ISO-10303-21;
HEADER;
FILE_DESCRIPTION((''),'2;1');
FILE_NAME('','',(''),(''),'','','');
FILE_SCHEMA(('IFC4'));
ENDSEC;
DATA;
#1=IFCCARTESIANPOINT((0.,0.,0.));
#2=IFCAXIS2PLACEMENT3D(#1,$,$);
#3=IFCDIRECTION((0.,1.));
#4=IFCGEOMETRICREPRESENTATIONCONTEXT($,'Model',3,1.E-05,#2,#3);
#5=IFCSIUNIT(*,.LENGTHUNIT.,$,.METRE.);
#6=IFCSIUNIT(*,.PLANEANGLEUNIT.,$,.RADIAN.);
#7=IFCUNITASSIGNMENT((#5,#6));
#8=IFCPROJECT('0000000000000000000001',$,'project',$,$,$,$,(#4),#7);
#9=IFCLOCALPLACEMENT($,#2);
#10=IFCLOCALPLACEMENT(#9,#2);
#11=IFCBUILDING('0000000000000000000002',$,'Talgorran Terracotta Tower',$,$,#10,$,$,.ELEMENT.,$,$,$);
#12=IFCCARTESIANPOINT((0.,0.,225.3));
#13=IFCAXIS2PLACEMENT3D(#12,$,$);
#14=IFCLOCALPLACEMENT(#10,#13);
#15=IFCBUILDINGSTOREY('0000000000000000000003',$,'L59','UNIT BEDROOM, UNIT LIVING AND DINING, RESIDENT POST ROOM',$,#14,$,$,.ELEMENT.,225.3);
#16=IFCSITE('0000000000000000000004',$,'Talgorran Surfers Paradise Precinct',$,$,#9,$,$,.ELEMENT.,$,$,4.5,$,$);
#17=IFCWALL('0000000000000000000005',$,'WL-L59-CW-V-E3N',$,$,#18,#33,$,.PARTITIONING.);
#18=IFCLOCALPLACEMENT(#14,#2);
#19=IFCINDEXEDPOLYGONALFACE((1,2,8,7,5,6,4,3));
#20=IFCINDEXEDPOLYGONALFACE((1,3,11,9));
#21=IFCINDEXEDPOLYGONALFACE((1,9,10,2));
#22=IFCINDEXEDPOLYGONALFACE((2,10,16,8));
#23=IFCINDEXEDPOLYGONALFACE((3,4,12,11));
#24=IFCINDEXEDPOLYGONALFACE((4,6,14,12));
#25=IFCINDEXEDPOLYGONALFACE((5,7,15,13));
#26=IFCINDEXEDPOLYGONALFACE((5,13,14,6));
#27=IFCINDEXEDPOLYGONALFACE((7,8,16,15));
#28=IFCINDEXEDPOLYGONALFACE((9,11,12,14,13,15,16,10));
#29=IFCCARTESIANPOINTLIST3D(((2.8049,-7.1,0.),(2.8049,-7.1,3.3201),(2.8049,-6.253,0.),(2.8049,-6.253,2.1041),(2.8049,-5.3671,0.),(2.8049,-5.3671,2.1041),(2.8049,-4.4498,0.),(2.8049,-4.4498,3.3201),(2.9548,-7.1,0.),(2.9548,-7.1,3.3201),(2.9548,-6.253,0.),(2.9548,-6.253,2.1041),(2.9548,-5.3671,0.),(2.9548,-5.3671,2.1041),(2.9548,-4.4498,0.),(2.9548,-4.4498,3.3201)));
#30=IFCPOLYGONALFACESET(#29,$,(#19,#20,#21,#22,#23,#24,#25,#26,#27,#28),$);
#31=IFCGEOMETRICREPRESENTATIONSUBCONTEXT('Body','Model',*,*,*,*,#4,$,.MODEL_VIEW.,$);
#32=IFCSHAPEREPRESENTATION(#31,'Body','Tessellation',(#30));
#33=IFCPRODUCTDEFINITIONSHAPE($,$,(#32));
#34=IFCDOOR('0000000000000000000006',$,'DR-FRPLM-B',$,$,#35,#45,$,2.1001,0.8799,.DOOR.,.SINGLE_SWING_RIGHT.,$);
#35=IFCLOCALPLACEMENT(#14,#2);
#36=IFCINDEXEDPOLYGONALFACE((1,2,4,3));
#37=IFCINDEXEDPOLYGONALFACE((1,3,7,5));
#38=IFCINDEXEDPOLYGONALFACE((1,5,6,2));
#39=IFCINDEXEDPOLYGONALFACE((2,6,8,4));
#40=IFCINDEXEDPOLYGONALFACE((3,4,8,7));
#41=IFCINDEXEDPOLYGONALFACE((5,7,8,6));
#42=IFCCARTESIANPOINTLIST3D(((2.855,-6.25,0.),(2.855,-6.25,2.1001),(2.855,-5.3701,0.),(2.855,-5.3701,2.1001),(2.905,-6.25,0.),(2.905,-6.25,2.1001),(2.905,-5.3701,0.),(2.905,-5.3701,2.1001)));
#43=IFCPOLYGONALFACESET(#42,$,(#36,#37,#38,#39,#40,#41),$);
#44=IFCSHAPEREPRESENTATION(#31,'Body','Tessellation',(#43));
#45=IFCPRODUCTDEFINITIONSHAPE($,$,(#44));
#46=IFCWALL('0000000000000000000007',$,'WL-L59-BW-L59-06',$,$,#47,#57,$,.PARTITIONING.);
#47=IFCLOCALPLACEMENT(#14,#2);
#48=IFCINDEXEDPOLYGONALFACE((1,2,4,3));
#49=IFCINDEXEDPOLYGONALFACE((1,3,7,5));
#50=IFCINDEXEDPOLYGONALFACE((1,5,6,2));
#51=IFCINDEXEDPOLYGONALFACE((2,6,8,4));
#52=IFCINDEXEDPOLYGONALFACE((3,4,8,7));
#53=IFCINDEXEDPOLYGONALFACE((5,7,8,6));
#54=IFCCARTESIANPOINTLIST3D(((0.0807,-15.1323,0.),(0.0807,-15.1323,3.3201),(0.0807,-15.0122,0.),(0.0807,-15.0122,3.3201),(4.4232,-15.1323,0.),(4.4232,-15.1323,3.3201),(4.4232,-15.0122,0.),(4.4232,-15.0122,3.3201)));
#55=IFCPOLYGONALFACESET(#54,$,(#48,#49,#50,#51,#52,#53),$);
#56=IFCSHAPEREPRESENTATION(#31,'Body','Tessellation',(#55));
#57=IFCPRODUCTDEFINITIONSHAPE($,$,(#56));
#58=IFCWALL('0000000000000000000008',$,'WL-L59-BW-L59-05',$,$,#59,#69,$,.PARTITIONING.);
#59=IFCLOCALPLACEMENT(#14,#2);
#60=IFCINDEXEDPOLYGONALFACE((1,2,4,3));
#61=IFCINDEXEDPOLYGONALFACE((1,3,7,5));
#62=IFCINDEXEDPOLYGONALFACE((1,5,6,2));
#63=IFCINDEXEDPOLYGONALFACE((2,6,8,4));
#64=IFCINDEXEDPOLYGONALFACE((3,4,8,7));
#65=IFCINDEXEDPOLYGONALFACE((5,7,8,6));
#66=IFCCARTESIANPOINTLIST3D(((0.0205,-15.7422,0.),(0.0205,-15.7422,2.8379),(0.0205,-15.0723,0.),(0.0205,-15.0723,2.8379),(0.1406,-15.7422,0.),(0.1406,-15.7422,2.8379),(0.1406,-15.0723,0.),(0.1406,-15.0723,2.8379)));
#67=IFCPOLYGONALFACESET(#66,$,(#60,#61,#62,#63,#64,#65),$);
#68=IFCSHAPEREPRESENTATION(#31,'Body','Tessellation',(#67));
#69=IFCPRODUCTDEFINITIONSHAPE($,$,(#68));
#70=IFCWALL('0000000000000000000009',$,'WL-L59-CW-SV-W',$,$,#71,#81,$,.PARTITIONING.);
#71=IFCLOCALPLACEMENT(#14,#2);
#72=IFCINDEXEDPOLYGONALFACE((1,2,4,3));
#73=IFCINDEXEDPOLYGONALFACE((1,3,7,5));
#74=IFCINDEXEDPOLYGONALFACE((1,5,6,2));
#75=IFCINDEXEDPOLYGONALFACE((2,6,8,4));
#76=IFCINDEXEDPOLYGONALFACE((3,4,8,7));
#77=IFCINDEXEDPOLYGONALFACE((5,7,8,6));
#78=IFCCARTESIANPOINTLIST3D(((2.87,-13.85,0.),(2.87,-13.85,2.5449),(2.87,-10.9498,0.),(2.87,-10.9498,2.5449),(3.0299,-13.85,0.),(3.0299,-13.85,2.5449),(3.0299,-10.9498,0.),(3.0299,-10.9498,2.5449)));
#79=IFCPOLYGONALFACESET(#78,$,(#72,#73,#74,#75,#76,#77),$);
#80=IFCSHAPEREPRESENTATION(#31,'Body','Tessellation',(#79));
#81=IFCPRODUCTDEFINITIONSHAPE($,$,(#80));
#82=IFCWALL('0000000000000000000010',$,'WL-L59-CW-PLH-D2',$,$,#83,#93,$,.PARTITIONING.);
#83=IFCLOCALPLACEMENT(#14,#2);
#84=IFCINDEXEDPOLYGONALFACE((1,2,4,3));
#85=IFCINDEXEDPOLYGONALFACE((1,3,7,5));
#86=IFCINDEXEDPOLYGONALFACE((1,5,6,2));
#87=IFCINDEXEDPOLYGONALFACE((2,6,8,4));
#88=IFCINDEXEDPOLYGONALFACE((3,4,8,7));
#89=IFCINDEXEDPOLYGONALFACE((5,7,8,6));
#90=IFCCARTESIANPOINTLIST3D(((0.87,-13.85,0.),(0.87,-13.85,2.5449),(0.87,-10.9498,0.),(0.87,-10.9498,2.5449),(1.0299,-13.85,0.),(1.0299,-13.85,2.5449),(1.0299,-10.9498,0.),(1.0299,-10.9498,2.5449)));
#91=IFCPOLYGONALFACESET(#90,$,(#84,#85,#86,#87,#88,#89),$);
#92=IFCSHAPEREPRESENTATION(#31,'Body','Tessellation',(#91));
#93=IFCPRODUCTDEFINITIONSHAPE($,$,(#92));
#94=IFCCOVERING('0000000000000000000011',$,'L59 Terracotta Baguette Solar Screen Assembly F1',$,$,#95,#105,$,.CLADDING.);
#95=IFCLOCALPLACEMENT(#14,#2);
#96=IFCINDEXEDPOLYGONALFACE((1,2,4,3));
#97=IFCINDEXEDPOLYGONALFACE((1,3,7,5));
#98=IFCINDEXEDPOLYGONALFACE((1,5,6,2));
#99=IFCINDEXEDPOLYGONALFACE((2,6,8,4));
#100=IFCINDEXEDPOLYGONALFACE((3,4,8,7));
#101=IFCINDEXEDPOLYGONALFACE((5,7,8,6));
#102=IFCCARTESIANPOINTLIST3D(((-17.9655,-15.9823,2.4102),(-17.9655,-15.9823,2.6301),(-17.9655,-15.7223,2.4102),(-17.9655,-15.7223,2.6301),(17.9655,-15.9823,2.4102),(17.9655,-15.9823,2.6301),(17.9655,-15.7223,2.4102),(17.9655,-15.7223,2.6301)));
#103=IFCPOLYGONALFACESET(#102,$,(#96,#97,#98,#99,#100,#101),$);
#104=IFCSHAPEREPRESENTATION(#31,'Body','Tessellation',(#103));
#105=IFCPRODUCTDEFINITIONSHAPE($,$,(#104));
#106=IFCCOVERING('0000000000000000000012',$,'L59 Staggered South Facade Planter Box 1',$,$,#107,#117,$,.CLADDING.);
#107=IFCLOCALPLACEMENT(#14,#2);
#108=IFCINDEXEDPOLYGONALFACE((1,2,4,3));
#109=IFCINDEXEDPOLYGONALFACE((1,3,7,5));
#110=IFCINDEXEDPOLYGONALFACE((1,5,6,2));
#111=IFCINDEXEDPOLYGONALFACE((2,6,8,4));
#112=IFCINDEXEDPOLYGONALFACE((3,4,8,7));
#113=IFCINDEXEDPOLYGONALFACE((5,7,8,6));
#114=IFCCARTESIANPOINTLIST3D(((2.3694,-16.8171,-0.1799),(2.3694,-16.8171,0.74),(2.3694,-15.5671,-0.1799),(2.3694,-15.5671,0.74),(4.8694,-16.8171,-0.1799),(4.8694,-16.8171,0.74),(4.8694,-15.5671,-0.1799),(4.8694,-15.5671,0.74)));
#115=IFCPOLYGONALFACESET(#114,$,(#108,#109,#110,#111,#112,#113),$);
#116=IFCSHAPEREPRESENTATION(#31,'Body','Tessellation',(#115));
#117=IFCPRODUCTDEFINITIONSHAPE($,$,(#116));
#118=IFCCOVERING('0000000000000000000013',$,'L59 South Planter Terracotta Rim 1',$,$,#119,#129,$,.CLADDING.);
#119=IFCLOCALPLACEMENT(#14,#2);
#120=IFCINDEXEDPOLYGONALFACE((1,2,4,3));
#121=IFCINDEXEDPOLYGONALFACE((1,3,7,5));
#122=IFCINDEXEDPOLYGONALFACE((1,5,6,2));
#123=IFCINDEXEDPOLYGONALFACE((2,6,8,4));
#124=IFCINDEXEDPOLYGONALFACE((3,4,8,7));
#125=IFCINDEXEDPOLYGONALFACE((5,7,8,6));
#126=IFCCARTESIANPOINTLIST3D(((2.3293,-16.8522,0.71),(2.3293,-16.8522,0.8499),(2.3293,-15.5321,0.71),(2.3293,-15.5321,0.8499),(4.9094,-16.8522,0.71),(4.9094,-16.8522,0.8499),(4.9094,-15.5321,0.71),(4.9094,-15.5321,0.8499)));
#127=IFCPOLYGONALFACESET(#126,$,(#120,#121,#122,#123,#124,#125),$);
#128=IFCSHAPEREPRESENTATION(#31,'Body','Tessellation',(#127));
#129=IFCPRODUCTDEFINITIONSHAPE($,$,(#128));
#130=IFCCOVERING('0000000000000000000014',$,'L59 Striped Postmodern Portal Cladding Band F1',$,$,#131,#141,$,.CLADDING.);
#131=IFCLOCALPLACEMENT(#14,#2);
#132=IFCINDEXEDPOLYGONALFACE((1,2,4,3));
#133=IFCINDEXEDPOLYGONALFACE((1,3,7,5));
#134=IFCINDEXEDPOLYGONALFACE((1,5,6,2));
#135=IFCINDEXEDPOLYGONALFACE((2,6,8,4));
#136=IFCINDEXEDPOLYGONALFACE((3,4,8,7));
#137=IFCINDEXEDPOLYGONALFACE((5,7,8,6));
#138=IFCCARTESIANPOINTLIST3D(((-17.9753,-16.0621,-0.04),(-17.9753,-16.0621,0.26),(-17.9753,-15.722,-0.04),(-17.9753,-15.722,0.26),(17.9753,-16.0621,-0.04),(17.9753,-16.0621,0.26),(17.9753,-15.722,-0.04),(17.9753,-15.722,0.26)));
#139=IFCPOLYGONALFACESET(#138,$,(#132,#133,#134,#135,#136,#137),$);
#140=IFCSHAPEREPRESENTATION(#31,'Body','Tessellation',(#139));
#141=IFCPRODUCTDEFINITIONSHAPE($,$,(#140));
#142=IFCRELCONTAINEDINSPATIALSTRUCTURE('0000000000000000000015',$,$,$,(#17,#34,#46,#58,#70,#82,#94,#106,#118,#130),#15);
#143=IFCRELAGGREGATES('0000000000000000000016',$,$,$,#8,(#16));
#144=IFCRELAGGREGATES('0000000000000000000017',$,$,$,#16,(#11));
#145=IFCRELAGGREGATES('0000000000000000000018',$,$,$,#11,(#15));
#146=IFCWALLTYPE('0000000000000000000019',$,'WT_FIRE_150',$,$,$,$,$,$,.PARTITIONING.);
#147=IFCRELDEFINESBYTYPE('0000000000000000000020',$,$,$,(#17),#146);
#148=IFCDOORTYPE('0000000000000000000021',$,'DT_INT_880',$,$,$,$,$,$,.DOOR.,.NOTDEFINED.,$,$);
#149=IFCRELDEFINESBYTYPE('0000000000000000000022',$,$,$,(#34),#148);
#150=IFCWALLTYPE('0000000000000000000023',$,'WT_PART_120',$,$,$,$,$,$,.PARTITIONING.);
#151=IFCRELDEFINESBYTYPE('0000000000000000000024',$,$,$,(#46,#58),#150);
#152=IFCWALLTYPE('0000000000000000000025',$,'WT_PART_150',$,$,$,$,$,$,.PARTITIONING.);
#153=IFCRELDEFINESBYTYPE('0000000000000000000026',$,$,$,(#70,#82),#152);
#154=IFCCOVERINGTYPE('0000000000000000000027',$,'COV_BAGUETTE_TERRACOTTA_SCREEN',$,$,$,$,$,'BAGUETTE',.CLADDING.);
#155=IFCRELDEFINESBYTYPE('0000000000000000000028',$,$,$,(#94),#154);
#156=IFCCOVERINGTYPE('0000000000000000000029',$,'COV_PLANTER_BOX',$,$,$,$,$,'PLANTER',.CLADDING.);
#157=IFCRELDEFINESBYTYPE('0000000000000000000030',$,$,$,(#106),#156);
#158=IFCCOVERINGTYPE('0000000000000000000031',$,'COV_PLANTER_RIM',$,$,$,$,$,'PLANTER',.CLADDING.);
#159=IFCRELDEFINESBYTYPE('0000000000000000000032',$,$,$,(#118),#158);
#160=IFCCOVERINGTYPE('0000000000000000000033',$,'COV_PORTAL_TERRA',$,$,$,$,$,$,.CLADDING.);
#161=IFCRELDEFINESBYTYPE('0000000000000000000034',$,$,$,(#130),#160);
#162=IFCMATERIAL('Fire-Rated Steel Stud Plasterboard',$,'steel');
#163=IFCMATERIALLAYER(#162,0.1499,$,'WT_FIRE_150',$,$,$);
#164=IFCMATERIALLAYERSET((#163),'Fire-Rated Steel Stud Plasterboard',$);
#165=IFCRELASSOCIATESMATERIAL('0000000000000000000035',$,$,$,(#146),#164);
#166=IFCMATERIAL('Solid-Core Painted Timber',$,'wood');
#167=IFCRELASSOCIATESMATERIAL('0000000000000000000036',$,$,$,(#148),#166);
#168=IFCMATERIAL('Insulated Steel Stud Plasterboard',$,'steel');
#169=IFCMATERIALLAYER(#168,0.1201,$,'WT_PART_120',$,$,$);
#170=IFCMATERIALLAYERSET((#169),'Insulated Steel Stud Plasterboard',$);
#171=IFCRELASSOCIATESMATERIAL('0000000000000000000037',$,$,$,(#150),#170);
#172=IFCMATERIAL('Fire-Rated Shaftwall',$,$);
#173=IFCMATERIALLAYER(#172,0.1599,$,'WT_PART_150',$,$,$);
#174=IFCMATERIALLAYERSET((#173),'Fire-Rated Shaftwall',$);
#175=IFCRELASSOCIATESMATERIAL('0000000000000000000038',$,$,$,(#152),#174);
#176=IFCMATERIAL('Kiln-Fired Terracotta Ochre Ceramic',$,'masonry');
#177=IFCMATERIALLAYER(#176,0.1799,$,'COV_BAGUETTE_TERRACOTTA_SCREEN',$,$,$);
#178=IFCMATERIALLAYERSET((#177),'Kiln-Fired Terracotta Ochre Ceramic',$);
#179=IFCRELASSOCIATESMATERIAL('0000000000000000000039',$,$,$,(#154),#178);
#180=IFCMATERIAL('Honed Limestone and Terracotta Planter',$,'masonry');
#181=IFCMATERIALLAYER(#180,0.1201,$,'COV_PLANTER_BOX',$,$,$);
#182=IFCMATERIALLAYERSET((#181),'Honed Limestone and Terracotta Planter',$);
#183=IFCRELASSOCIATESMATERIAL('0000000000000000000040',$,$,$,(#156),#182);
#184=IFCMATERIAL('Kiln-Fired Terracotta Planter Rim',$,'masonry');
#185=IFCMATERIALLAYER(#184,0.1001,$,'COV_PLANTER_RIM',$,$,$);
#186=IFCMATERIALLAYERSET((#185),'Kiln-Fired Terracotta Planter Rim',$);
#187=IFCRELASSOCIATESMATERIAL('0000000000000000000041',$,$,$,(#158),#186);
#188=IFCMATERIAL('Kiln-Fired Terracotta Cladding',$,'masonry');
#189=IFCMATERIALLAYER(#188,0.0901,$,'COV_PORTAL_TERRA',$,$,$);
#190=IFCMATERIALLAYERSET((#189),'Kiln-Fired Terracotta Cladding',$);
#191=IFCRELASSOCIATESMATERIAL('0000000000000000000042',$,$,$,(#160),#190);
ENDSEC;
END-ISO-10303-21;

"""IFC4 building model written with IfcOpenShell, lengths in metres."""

from ifc_helpers import new_model, si_unit, direction, frame, frame_2d, origin, origin_2d, place, context, subcontext, project, spatial, rectangle, extrude, material, layer, layer_set, type_object, element, fill, save


model = new_model("IFC4")

# Units and contexts
model_context = context("Model", 3, precision=1e-05, world=origin(), true_north=direction((0.0, 1.0)))
body_context = subcontext(model_context, "Body", "Model", "MODEL_VIEW")
ifc_project = project(units=[si_unit("LENGTHUNIT", "METRE"), si_unit("PLANEANGLEUNIT", "RADIAN")], contexts=[model_context])

# Site, building, storey
site_placement = place(None, origin())
site = spatial("IfcSite", under=ifc_project, at=site_placement, Name="Talgorran Surfers Paradise Precinct", CompositionType="ELEMENT", RefElevation=4.5)
building_placement = place(site_placement, origin())
building = spatial("IfcBuilding", under=site, at=building_placement, Name="Talgorran Terracotta Tower", CompositionType="ELEMENT")
storey_placement = place(building_placement, frame((0.0, 0.0, 225.3)))
storey = spatial("IfcBuildingStorey", under=building, at=storey_placement, Name="L59", Description="UNIT BEDROOM, UNIT LIVING AND DINING, RESIDENT POST ROOM", CompositionType="ELEMENT", Elevation=225.3)

# Shared definitions
ifc_material_1 = material(Name="Fire-Rated Steel Stud Plasterboard", Category="steel")
ifc_layer_1 = layer(ifc_material_1, 0.1499, Name="WT_FIRE_150")
ifc_layer_set_1 = layer_set([ifc_layer_1], Name="Fire-Rated Steel Stud Plasterboard")
wall_type_1 = type_object("IfcWallType", Name="WT_FIRE_150", PredefinedType="PARTITIONING", material=ifc_layer_set_1)

# Wall, opening, door
wall_1_placement = place(storey_placement, frame((2.8799, -7.1001, 0.0), z_axis=(0.0, 0.0, 1.0), x_axis=(0.0, 1.0, 0.0)))
wall_1 = element("IfcWall", 1, at=wall_1_placement, inside=storey, type_object=wall_type_1, Name="WL-L59-CW-V-E3N", PredefinedType="PARTITIONING", context=body_context, shape_type="SweptSolid", body=[
    extrude(rectangle(XDim=2.6501, YDim=0.1499, at=frame_2d((1.3252, 0.0))), origin(), (0.0, 0.0, 1.0), 3.3201),
])
opening_placement = place(wall_1_placement, frame((0.8501, 0.0, 0.0)))
opening = element("IfcOpeningElement", 2, at=opening_placement, cuts=wall_1, PredefinedType="OPENING", context=body_context, shape_type="SweptSolid", body=[
    extrude(rectangle(XDim=0.8859, YDim=2.1041, at=frame_2d((0.4399, 1.052))), frame((0.0, 0.085, 0.0), z_axis=(0.0, -1.0, 0.0), x_axis=(1.0, 0.0, 0.0)), (0.0, 0.0, 1.0), 0.1699),
])
ifc_material_2 = material(Name="Solid-Core Painted Timber", Category="wood")
door_type = type_object("IfcDoorType", Name="DT_INT_880", OperationType="NOTDEFINED", PredefinedType="DOOR", material=ifc_material_2)
door_placement = place(opening_placement, origin())
door = element("IfcDoor", 3, at=door_placement, inside=storey, type_object=door_type, Name="DR-FRPLM-B", OperationType="SINGLE_SWING_RIGHT", OverallHeight=2.1001, OverallWidth=0.8799, PredefinedType="DOOR", context=body_context, shape_type="SweptSolid", body=[
    extrude(rectangle(XDim=0.8799, YDim=2.1001, at=frame_2d((0.4399, 1.05))), frame((0.0, 0.0249, 0.0), z_axis=(0.0, -1.0, 0.0), x_axis=(1.0, 0.0, 0.0)), (0.0, 0.0, 1.0), 0.05),
])
fill(opening, door)

# Walls
ifc_material_3 = material(Name="Insulated Steel Stud Plasterboard", Category="steel")
ifc_layer_2 = layer(ifc_material_3, 0.1201, Name="WT_PART_120")
ifc_layer_set_2 = layer_set([ifc_layer_2], Name="Insulated Steel Stud Plasterboard")
wall_type_2 = type_object("IfcWallType", Name="WT_PART_120", PredefinedType="PARTITIONING", material=ifc_layer_set_2)
wall_2_placement = place(storey_placement, frame((0.0806, -15.0723, 0.0), z_axis=(0.0, 0.0, 1.0), x_axis=(1.0, 0.0, 0.0)))
element("IfcWall", 4, at=wall_2_placement, inside=storey, type_object=wall_type_2, Name="WL-L59-BW-L59-06", PredefinedType="PARTITIONING", context=body_context, shape_type="SweptSolid", body=[
    extrude(rectangle(XDim=4.3425, YDim=0.1201, at=frame_2d((2.1714, 0.0))), origin(), (0.0, 0.0, 1.0), 3.3201),
])
wall_3_placement = place(storey_placement, frame((0.0806, -15.7422, 0.0), z_axis=(0.0, 0.0, 1.0), x_axis=(0.0, 1.0, 0.0)))
element("IfcWall", 5, at=wall_3_placement, inside=storey, type_object=wall_type_2, Name="WL-L59-BW-L59-05", PredefinedType="PARTITIONING", context=body_context, shape_type="SweptSolid", body=[
    extrude(rectangle(XDim=0.6699, YDim=0.1201, at=frame_2d((0.335, 0.0))), origin(), (0.0, 0.0, 1.0), 2.8379),
])
ifc_material_4 = material(Name="Fire-Rated Shaftwall")
ifc_layer_3 = layer(ifc_material_4, 0.1599, Name="WT_PART_150")
ifc_layer_set_3 = layer_set([ifc_layer_3], Name="Fire-Rated Shaftwall")
wall_type_3 = type_object("IfcWallType", Name="WT_PART_150", PredefinedType="PARTITIONING", material=ifc_layer_set_3)
for number, where, z_axis, x_axis, name in (
    (6, (2.95, -13.8501, 0.0), (0.0, 0.0, 1.0), (0.0, 1.0, 0.0), "WL-L59-CW-SV-W"),
    (7, (0.95, -13.8501, 0.0), (0.0, 0.0, 1.0), (0.0, 1.0, 0.0), "WL-L59-CW-PLH-D2"),
):
    element("IfcWall", number, at=place(storey_placement, frame(where, z_axis=z_axis, x_axis=x_axis)), inside=storey, type_object=wall_type_3, Name=name, PredefinedType="PARTITIONING", context=body_context, shape_type="SweptSolid", body=[
        extrude(rectangle(XDim=2.9001, YDim=0.1599, at=frame_2d((1.4502, 0.0))), origin(), (0.0, 0.0, 1.0), 2.5449),
    ])

# Coverings
ifc_material_5 = material(Name="Kiln-Fired Terracotta Ochre Ceramic", Category="masonry")
ifc_layer_4 = layer(ifc_material_5, 0.1799, Name="COV_BAGUETTE_TERRACOTTA_SCREEN")
ifc_layer_set_4 = layer_set([ifc_layer_4], Name="Kiln-Fired Terracotta Ochre Ceramic")
covering_type_1 = type_object("IfcCoveringType", Name="COV_BAGUETTE_TERRACOTTA_SCREEN", ElementType="BAGUETTE", PredefinedType="CLADDING", material=ifc_layer_set_4)
covering_1_placement = place(storey_placement, frame((0.0, -15.8523, 2.4102), z_axis=(0.0, 0.0, 1.0), x_axis=(1.0, 0.0, 0.0)))
element("IfcCovering", 8, at=covering_1_placement, inside=storey, type_object=covering_type_1, Name="L59 Terracotta Baguette Solar Screen Assembly F1", PredefinedType="CLADDING", context=body_context, shape_type="SweptSolid", body=[
    extrude(rectangle(XDim=35.9309, YDim=0.26, at=origin_2d()), origin(), (0.0, 0.0, 1.0), 0.22),
])
ifc_material_6 = material(Name="Honed Limestone and Terracotta Planter", Category="masonry")
ifc_layer_5 = layer(ifc_material_6, 0.1201, Name="COV_PLANTER_BOX")
ifc_layer_set_5 = layer_set([ifc_layer_5], Name="Honed Limestone and Terracotta Planter")
covering_type_2 = type_object("IfcCoveringType", Name="COV_PLANTER_BOX", ElementType="PLANTER", PredefinedType="CLADDING", material=ifc_layer_set_5)
covering_2_placement = place(storey_placement, frame((3.6194, -16.1921, -0.1799), z_axis=(0.0, 0.0, 1.0), x_axis=(1.0, 0.0, 0.0)))
element("IfcCovering", 9, at=covering_2_placement, inside=storey, type_object=covering_type_2, Name="L59 Staggered South Facade Planter Box 1", PredefinedType="CLADDING", context=body_context, shape_type="SweptSolid", body=[
    extrude(rectangle(XDim=2.5, YDim=1.25, at=origin_2d()), origin(), (0.0, 0.0, 1.0), 0.9199),
])
ifc_material_7 = material(Name="Kiln-Fired Terracotta Planter Rim", Category="masonry")
ifc_layer_6 = layer(ifc_material_7, 0.1001, Name="COV_PLANTER_RIM")
ifc_layer_set_6 = layer_set([ifc_layer_6], Name="Kiln-Fired Terracotta Planter Rim")
covering_type_3 = type_object("IfcCoveringType", Name="COV_PLANTER_RIM", ElementType="PLANTER", PredefinedType="CLADDING", material=ifc_layer_set_6)
covering_3_placement = place(storey_placement, frame((3.6194, -16.1921, 0.71), z_axis=(0.0, 0.0, 1.0), x_axis=(1.0, 0.0, 0.0)))
element("IfcCovering", 10, at=covering_3_placement, inside=storey, type_object=covering_type_3, Name="L59 South Planter Terracotta Rim 1", PredefinedType="CLADDING", context=body_context, shape_type="SweptSolid", body=[
    extrude(rectangle(XDim=2.5801, YDim=1.3201, at=origin_2d()), origin(), (0.0, 0.0, 1.0), 0.1399),
])
ifc_material_8 = material(Name="Kiln-Fired Terracotta Cladding", Category="masonry")
ifc_layer_7 = layer(ifc_material_8, 0.0901, Name="COV_PORTAL_TERRA")
ifc_layer_set_7 = layer_set([ifc_layer_7], Name="Kiln-Fired Terracotta Cladding")
covering_type_4 = type_object("IfcCoveringType", Name="COV_PORTAL_TERRA", PredefinedType="CLADDING", material=ifc_layer_set_7)
covering_4_placement = place(storey_placement, frame((0.0, -15.8921, -0.04), z_axis=(0.0, 0.0, 1.0), x_axis=(1.0, 0.0, 0.0)))
element("IfcCovering", 11, at=covering_4_placement, inside=storey, type_object=covering_type_4, Name="L59 Striped Postmodern Portal Cladding Band F1", PredefinedType="CLADDING", context=body_context, shape_type="SweptSolid", body=[
    extrude(rectangle(XDim=35.9507, YDim=0.3401, at=origin_2d()), origin(), (0.0, 0.0, 1.0), 0.3),
])

save(model, "model.ifc")
